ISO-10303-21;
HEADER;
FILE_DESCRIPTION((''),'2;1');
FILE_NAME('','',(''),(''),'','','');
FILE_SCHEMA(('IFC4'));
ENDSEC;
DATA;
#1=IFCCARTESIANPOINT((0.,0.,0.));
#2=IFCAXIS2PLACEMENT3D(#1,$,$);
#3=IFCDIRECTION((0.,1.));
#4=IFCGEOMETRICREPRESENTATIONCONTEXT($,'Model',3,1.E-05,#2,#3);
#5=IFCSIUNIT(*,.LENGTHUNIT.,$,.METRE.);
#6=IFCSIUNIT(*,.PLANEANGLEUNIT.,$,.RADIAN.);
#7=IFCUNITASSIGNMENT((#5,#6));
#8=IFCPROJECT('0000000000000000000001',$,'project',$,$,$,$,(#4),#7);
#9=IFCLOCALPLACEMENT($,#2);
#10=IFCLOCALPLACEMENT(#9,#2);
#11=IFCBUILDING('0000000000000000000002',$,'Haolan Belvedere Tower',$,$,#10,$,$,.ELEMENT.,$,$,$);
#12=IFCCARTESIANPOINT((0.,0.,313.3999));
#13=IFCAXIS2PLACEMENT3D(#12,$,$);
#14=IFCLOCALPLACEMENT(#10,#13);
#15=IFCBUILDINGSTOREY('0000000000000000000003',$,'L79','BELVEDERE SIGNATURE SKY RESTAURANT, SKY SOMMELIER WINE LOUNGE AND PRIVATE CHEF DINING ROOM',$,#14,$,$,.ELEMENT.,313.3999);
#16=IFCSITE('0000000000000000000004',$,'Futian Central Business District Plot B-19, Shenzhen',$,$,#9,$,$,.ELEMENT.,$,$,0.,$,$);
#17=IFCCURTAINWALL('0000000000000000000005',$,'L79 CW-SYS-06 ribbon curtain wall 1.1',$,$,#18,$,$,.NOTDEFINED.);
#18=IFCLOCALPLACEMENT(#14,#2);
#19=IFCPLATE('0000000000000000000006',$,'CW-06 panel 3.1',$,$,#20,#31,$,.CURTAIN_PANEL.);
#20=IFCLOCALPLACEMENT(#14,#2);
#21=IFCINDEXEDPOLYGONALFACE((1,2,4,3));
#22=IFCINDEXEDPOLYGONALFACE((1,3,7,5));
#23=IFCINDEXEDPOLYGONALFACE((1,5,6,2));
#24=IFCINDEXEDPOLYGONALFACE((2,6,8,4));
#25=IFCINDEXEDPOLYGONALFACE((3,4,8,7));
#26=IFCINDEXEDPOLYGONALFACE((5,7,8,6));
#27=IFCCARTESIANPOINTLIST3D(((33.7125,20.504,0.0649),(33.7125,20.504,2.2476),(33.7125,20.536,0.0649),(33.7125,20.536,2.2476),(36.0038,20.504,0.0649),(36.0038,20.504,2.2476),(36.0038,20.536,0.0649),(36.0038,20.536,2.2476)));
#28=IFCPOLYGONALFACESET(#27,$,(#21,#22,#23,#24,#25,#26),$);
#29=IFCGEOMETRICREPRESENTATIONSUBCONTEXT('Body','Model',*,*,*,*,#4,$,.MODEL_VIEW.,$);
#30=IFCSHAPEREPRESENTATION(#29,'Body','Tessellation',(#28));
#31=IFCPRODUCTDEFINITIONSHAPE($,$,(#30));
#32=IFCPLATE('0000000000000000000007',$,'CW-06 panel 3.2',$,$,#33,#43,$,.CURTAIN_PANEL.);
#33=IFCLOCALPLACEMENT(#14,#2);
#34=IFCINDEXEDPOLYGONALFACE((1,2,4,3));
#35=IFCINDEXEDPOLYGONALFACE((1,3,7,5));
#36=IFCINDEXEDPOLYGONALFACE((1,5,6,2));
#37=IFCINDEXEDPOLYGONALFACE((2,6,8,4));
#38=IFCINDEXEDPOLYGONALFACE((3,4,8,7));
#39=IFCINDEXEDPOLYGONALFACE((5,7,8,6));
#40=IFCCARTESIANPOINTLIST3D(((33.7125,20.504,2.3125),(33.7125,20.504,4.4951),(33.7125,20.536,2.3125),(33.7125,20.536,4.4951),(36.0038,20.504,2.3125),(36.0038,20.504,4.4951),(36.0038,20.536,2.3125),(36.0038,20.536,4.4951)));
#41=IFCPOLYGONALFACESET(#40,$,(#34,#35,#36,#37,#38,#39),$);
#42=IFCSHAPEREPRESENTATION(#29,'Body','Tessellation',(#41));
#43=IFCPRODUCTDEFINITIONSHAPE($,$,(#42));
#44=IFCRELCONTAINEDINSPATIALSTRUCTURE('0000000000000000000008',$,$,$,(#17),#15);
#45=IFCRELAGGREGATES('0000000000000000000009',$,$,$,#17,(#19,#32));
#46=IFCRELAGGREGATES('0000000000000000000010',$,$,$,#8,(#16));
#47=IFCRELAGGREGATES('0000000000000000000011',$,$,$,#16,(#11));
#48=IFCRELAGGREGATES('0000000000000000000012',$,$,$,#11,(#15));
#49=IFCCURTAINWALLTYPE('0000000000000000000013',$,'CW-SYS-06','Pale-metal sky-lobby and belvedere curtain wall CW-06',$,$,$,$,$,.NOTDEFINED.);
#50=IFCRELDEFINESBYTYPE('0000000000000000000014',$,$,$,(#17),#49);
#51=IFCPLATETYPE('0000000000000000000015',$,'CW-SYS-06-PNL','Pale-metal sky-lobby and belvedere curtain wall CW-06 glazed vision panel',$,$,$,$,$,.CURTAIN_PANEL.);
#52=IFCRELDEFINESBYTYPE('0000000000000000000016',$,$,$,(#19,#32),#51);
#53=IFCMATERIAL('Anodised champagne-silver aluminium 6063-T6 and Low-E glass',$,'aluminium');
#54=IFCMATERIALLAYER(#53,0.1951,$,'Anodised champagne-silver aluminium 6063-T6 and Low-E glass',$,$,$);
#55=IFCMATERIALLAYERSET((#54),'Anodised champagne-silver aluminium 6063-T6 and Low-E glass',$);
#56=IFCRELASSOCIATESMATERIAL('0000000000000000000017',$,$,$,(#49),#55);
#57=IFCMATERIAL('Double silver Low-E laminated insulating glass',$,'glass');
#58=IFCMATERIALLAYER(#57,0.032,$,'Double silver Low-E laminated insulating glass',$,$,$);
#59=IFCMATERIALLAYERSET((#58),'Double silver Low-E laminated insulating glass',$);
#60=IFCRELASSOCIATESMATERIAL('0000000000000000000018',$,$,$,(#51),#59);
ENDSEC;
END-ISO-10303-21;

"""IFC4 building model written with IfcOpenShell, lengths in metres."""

from ifc_helpers import new_model, si_unit, direction, frame, origin, origin_2d, place, context, subcontext, project, spatial, rectangle, extrude, material, layer, layer_set, type_object, element, aggregate, save


model = new_model("IFC4")

# Units and contexts
model_context = context("Model", 3, precision=1e-05, world=origin(), true_north=direction((0.0, 1.0)))
body_context = subcontext(model_context, "Body", "Model", "MODEL_VIEW")
ifc_project = project(units=[si_unit("LENGTHUNIT", "METRE"), si_unit("PLANEANGLEUNIT", "RADIAN")], contexts=[model_context])

# Site, building, storey
site_placement = place(None, origin())
site = spatial("IfcSite", under=ifc_project, at=site_placement, Name="Futian Central Business District Plot B-19, Shenzhen", CompositionType="ELEMENT", RefElevation=0.0)
building_placement = place(site_placement, origin())
building = spatial("IfcBuilding", under=site, at=building_placement, Name="Haolan Belvedere Tower", CompositionType="ELEMENT")
storey_placement = place(building_placement, frame((0.0, 0.0, 313.3999)))
storey = spatial("IfcBuildingStorey", under=building, at=storey_placement, Name="L79", Description="BELVEDERE SIGNATURE SKY RESTAURANT, SKY SOMMELIER WINE LOUNGE AND PRIVATE CHEF DINING ROOM", CompositionType="ELEMENT", Elevation=313.3999)

# Curtain wall, plates
ifc_material_1 = material(Name="Anodised champagne-silver aluminium 6063-T6 and Low-E glass", Category="aluminium")
ifc_layer_1 = layer(ifc_material_1, 0.1951, Name="Anodised champagne-silver aluminium 6063-T6 and Low-E glass")
ifc_layer_set_1 = layer_set([ifc_layer_1], Name="Anodised champagne-silver aluminium 6063-T6 and Low-E glass")
curtain_wall_type = type_object("IfcCurtainWallType", Name="CW-SYS-06", Description="Pale-metal sky-lobby and belvedere curtain wall CW-06", PredefinedType="NOTDEFINED", material=ifc_layer_set_1)
curtain_wall_placement = place(storey_placement, origin())
curtain_wall = element("IfcCurtainWall", 1, at=curtain_wall_placement, inside=storey, type_object=curtain_wall_type, Name="L79 CW-SYS-06 ribbon curtain wall 1.1", PredefinedType="NOTDEFINED")
ifc_material_2 = material(Name="Double silver Low-E laminated insulating glass", Category="glass")
ifc_layer_2 = layer(ifc_material_2, 0.032, Name="Double silver Low-E laminated insulating glass")
ifc_layer_set_2 = layer_set([ifc_layer_2], Name="Double silver Low-E laminated insulating glass")
plate_type = type_object("IfcPlateType", Name="CW-SYS-06-PNL", Description="Pale-metal sky-lobby and belvedere curtain wall CW-06 glazed vision panel", PredefinedType="CURTAIN_PANEL", material=ifc_layer_set_2)
plate_1_placement = place(storey_placement, frame((34.8582, 20.52, 0.0649), z_axis=(0.0, 0.0, 1.0), x_axis=(1.0, 0.0, 0.0)))
plate_1 = element("IfcPlate", 2, at=plate_1_placement, type_object=plate_type, Name="CW-06 panel 3.1", PredefinedType="CURTAIN_PANEL", context=body_context, shape_type="SweptSolid", body=[
    extrude(rectangle(XDim=2.2913, YDim=0.032, at=origin_2d()), origin(), (0.0, 0.0, 1.0), 2.1826),
])
plate_2_placement = place(storey_placement, frame((34.8582, 20.52, 2.3125), z_axis=(0.0, 0.0, 1.0), x_axis=(1.0, 0.0, 0.0)))
plate_2 = element("IfcPlate", 3, at=plate_2_placement, type_object=plate_type, Name="CW-06 panel 3.2", PredefinedType="CURTAIN_PANEL", context=body_context, shape_type="SweptSolid", body=[
    extrude(rectangle(XDim=2.2913, YDim=0.032, at=origin_2d()), origin(), (0.0, 0.0, 1.0), 2.1826),
])
aggregate(curtain_wall, [plate_1, plate_2])

save(model, "model.ifc")
